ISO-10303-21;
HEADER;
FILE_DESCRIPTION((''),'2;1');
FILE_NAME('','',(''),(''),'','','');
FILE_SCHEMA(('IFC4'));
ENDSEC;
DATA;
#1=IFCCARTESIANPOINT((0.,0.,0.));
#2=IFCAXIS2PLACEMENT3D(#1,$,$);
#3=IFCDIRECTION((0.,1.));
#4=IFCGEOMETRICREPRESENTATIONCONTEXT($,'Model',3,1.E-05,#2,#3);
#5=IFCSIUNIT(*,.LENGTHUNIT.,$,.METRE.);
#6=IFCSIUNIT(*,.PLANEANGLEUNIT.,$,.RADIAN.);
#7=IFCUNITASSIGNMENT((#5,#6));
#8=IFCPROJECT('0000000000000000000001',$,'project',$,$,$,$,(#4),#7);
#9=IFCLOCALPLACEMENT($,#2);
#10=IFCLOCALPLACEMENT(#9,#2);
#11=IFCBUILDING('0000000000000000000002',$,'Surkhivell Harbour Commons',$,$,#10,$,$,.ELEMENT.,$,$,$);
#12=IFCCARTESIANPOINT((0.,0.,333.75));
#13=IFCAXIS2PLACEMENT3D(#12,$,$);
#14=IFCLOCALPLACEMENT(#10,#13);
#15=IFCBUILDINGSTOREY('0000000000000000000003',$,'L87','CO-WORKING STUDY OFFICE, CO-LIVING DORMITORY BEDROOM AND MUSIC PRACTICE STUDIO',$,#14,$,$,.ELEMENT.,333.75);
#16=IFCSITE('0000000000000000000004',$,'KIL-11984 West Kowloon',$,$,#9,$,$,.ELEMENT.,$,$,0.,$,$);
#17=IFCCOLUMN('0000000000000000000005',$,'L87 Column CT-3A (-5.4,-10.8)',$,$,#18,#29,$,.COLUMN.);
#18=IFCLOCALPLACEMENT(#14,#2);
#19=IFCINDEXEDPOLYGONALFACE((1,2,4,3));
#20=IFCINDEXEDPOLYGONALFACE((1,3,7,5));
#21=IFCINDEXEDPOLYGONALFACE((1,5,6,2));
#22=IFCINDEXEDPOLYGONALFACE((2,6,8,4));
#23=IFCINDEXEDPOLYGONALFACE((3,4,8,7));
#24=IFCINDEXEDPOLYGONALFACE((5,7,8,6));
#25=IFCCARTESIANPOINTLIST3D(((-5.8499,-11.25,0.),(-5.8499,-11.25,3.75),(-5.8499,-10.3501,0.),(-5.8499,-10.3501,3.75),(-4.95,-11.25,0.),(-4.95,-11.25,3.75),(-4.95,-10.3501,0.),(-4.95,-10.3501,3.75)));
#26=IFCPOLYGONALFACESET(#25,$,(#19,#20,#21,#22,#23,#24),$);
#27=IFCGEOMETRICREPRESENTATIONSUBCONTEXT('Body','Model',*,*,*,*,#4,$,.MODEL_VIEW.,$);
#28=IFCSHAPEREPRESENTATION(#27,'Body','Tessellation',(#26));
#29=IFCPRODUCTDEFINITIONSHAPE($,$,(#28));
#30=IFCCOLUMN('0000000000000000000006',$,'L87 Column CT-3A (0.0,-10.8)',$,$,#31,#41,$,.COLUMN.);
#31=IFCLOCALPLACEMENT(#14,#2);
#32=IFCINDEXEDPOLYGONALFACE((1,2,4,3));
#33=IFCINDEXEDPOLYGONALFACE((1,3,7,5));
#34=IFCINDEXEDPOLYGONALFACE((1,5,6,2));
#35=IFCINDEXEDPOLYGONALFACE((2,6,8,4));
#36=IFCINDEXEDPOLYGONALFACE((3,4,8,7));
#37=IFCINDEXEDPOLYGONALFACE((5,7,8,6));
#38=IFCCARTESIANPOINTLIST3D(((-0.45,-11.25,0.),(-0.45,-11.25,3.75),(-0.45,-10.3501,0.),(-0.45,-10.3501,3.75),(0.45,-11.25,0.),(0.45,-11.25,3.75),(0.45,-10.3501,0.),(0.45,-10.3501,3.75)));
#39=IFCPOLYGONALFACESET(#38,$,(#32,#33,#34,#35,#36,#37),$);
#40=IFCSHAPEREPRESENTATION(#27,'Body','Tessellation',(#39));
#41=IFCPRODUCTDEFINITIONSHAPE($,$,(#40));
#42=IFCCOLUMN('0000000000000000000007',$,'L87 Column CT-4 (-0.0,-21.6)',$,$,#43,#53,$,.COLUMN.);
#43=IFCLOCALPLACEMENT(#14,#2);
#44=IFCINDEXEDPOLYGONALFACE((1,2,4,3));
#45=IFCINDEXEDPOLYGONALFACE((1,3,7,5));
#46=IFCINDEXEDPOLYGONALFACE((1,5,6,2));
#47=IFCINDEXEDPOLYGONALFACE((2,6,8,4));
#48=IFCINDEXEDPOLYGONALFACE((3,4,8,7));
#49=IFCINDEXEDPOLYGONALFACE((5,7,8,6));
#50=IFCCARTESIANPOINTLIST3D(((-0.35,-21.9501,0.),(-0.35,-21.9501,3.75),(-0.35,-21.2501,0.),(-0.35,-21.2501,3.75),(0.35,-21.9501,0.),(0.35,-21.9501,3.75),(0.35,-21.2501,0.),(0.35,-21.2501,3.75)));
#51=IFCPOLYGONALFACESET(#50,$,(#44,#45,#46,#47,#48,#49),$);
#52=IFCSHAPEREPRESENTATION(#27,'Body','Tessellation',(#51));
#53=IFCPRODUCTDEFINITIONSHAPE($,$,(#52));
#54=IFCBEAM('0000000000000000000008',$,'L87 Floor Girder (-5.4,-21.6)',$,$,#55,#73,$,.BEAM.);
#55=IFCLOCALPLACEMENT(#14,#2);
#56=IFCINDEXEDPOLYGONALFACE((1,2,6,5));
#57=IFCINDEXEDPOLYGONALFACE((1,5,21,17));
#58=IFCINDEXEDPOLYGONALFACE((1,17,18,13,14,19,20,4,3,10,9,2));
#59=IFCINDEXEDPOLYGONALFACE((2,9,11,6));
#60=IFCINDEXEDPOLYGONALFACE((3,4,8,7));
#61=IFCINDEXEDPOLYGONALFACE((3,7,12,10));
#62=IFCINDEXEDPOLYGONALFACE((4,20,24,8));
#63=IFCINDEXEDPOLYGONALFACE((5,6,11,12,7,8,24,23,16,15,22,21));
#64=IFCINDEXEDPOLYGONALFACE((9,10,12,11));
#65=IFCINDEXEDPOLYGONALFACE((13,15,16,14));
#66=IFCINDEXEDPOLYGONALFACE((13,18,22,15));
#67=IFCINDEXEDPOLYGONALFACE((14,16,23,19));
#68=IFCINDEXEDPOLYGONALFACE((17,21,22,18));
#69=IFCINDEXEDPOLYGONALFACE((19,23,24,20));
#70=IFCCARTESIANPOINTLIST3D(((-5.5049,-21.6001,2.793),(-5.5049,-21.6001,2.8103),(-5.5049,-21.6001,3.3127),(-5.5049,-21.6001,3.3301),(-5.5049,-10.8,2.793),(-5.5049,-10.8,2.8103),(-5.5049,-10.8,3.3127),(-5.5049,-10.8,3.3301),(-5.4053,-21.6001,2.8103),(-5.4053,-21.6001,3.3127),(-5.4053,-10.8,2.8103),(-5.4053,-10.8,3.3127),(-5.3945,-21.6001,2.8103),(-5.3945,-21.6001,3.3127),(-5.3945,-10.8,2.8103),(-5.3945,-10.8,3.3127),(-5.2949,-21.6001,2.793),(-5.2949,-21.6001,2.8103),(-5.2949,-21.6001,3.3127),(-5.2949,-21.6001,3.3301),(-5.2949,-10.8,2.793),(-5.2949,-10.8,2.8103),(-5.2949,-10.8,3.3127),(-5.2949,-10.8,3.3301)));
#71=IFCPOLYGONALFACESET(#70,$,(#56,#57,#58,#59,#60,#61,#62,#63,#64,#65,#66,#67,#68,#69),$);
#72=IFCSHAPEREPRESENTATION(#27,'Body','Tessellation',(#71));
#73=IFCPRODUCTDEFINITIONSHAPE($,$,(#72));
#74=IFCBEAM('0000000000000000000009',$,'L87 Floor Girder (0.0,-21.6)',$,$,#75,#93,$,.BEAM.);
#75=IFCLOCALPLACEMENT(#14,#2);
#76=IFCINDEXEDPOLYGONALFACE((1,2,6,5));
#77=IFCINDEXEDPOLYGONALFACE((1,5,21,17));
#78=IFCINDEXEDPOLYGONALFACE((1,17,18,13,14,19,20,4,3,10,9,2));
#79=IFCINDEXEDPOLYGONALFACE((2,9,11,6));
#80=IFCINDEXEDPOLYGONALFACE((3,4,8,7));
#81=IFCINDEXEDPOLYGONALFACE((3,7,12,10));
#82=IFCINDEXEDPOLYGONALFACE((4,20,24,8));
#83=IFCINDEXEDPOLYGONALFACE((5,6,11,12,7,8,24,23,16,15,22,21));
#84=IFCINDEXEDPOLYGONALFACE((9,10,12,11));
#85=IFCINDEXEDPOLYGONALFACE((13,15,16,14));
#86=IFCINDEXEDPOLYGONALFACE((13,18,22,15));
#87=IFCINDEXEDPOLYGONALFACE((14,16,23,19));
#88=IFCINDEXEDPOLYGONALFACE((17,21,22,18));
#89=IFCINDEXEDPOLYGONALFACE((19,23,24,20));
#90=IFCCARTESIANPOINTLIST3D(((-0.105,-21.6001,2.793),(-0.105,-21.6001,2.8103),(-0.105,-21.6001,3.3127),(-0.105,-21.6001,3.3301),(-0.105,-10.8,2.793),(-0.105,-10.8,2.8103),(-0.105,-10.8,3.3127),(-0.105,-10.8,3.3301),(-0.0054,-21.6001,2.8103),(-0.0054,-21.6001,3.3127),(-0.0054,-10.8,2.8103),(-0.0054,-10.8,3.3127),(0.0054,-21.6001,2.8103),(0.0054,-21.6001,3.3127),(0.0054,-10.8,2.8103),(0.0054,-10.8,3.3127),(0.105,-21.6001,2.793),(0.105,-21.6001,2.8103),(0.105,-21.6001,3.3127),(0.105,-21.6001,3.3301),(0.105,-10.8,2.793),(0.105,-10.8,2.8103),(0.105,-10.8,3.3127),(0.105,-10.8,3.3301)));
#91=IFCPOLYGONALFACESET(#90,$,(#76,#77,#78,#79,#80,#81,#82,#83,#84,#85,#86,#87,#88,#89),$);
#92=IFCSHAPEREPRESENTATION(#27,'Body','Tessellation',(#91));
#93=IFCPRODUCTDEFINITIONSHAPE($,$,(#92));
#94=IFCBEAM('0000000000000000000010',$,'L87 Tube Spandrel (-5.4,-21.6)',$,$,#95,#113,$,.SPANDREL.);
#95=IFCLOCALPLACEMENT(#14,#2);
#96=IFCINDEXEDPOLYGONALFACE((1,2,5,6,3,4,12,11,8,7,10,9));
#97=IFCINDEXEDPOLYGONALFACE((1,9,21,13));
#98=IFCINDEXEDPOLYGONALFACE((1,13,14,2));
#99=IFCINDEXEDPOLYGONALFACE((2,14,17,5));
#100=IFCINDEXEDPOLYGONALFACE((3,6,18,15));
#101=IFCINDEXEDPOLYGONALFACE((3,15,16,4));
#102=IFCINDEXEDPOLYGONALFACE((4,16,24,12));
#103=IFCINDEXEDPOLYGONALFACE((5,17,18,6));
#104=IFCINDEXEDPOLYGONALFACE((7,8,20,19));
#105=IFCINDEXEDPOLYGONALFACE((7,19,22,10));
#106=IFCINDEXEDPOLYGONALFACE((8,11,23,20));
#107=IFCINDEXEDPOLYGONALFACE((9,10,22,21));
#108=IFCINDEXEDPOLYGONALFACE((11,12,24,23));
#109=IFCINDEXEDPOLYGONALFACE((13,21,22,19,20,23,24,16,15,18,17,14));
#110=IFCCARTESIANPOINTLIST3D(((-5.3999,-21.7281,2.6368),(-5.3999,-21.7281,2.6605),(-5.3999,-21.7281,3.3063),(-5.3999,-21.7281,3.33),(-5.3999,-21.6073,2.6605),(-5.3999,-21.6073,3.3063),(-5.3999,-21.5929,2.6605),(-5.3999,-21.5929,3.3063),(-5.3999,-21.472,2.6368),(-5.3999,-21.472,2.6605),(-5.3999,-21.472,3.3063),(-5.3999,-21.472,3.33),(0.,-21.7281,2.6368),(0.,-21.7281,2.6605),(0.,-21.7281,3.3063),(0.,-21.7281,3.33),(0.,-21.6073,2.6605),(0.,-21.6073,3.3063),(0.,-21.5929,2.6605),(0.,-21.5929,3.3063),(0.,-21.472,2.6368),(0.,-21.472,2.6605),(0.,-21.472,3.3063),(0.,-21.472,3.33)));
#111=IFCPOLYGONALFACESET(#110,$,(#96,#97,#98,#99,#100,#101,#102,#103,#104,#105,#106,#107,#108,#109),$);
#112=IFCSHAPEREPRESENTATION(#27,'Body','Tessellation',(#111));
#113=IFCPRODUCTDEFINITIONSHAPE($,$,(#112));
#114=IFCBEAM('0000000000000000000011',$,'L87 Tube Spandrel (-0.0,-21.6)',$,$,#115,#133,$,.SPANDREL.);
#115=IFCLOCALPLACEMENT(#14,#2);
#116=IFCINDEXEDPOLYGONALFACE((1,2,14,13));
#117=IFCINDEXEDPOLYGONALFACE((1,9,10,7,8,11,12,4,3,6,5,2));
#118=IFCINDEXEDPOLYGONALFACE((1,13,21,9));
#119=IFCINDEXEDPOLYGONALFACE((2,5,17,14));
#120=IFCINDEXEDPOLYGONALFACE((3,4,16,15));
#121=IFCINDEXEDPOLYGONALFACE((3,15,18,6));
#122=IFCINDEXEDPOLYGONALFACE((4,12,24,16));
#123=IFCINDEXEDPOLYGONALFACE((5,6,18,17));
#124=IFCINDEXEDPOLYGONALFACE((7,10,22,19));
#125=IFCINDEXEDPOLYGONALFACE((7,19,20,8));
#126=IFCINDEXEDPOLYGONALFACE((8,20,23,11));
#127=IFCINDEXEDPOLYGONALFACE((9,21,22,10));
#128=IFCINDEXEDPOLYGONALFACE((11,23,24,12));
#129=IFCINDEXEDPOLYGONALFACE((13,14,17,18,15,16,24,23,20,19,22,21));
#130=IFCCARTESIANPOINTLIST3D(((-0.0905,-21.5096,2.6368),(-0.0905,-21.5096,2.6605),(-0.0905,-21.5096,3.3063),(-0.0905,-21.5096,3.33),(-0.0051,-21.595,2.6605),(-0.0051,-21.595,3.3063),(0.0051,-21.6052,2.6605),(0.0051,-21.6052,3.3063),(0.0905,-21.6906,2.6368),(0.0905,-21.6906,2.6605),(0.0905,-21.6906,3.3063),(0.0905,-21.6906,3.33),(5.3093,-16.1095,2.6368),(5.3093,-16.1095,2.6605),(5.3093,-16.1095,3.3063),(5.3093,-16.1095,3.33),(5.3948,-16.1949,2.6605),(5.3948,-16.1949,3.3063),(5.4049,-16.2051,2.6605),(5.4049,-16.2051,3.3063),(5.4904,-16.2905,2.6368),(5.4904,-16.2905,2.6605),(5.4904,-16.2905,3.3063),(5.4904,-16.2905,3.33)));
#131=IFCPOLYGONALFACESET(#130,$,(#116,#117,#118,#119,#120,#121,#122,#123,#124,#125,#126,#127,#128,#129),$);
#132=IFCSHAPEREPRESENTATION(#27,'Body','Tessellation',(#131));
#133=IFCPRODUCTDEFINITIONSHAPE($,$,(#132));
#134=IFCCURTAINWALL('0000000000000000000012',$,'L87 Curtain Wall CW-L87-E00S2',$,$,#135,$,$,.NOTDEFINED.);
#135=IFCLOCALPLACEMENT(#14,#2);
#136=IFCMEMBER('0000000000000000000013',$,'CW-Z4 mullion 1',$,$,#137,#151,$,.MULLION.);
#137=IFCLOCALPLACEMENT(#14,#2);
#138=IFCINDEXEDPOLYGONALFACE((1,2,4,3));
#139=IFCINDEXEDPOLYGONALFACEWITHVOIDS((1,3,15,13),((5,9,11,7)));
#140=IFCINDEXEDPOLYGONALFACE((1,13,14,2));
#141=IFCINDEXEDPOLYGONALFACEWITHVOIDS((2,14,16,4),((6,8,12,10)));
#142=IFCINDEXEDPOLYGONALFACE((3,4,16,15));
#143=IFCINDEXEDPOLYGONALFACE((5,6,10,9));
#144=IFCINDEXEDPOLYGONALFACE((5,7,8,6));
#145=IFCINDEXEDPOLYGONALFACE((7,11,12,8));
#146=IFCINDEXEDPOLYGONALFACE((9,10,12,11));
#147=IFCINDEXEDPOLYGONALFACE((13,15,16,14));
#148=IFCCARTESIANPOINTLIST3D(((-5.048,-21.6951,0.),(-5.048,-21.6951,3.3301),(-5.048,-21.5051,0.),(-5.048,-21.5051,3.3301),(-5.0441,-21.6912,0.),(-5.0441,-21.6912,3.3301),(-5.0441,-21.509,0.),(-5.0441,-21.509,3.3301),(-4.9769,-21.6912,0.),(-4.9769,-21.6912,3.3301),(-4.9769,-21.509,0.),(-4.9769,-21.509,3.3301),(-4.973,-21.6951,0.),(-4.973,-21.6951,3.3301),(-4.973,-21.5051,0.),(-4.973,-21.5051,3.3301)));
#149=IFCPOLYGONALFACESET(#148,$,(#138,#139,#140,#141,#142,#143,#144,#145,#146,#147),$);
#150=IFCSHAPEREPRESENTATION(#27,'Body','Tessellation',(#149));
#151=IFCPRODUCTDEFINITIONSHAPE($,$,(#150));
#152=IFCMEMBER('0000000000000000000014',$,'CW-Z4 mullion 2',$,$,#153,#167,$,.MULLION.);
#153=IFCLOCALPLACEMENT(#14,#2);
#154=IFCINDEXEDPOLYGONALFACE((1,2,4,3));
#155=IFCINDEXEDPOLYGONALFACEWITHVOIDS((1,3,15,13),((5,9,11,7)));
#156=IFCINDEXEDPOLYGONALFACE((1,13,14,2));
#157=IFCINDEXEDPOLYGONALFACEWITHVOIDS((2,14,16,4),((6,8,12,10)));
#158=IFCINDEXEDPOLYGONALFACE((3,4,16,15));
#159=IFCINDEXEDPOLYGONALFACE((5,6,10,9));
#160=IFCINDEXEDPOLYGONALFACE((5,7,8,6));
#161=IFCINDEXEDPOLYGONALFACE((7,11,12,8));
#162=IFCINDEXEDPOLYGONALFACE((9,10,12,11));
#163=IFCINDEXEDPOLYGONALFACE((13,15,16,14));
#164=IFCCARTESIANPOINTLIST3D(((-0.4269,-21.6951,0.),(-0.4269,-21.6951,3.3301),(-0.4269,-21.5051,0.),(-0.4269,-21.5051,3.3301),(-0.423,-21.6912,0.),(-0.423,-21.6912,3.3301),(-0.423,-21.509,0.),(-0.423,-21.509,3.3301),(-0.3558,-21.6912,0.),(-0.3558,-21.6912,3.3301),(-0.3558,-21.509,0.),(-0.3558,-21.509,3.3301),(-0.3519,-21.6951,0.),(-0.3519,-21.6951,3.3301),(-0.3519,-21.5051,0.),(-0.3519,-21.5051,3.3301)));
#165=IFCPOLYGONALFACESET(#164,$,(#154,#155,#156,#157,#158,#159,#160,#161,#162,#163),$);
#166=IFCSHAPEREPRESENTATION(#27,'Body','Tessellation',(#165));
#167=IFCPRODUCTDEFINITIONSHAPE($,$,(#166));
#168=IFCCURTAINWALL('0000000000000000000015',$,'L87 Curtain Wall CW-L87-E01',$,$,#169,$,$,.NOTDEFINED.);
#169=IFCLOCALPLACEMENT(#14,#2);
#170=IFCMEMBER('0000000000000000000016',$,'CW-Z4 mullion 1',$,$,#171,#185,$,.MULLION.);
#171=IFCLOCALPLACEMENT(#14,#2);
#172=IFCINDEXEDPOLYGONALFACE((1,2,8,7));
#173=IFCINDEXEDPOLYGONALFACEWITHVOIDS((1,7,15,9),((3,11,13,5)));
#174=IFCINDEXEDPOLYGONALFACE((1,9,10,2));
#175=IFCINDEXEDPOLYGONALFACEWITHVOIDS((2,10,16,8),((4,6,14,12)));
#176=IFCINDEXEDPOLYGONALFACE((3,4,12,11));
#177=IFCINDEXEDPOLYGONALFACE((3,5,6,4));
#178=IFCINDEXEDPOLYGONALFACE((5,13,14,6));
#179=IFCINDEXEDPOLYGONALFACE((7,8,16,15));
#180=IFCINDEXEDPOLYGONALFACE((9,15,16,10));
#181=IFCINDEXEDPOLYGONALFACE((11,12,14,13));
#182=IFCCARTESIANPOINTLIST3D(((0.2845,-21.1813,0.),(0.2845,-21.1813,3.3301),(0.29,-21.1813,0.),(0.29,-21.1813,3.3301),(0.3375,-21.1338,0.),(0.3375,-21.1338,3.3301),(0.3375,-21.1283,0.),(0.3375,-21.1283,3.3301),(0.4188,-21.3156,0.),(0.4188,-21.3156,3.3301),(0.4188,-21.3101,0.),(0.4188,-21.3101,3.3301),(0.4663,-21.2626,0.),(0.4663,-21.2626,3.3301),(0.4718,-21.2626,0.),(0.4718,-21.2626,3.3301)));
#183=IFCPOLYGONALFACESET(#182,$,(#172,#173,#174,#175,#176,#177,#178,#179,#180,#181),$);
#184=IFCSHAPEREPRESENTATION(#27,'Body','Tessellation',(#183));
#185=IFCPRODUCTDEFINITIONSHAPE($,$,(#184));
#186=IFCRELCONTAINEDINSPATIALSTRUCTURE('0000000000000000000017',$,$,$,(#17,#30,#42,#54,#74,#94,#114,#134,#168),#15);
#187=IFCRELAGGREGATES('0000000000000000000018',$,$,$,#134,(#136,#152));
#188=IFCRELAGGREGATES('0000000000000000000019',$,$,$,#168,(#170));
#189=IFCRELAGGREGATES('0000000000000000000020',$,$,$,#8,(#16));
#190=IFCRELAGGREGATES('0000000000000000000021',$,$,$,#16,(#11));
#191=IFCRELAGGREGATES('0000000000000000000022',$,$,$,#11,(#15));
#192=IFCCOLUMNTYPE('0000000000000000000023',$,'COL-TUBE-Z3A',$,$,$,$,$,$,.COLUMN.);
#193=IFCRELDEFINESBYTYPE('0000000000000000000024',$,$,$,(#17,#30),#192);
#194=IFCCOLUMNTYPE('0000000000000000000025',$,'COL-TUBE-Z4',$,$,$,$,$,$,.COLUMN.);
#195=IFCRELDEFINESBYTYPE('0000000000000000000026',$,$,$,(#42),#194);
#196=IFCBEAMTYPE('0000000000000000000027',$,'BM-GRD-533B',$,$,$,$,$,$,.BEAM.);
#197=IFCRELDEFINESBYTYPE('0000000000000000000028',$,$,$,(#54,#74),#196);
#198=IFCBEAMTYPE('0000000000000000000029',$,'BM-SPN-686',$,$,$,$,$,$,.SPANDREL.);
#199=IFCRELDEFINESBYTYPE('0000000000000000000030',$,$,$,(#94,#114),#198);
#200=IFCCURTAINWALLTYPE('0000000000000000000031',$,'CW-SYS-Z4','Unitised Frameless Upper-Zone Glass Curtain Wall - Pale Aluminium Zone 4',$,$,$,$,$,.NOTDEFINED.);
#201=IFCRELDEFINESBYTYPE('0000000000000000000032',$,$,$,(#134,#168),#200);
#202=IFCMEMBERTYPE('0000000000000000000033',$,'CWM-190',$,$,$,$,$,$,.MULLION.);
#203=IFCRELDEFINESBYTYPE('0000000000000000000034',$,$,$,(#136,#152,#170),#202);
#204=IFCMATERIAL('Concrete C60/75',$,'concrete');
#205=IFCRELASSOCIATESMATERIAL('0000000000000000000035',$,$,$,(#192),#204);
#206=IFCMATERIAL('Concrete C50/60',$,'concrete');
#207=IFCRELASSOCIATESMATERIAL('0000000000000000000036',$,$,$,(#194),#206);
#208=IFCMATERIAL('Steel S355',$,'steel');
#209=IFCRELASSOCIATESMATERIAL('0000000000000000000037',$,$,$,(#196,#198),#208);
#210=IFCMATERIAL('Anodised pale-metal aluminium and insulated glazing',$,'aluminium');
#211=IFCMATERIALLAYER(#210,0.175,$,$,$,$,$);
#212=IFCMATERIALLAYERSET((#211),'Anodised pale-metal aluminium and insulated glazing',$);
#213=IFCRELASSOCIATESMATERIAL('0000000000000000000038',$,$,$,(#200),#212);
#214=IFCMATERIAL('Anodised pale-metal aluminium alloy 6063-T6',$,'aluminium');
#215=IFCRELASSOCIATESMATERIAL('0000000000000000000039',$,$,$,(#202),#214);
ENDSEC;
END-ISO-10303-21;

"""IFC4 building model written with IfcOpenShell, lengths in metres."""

from ifc_helpers import new_model, si_unit, direction, frame, origin, origin_2d, place, context, subcontext, project, spatial, rectangle, hollow_rectangle, i_section, extrude, material, layer, layer_set, material_profile, profile_set, type_object, element, aggregate, save


model = new_model("IFC4")

# Units and contexts
model_context = context("Model", 3, precision=1e-05, world=origin(), true_north=direction((0.0, 1.0)))
body_context = subcontext(model_context, "Body", "Model", "MODEL_VIEW")
ifc_project = project(units=[si_unit("LENGTHUNIT", "METRE"), si_unit("PLANEANGLEUNIT", "RADIAN")], contexts=[model_context])

# Site, building, storey
site_placement = place(None, origin())
site = spatial("IfcSite", under=ifc_project, at=site_placement, Name="KIL-11984 West Kowloon", CompositionType="ELEMENT", RefElevation=0.0)
building_placement = place(site_placement, origin())
building = spatial("IfcBuilding", under=site, at=building_placement, Name="Surkhivell Harbour Commons", CompositionType="ELEMENT")
storey_placement = place(building_placement, frame((0.0, 0.0, 333.75)))
storey = spatial("IfcBuildingStorey", under=building, at=storey_placement, Name="L87", Description="CO-WORKING STUDY OFFICE, CO-LIVING DORMITORY BEDROOM AND MUSIC PRACTICE STUDIO", CompositionType="ELEMENT", Elevation=333.75)

# Columns
ifc_material_1 = material(Name="Concrete C60/75", Category="concrete")
ifc_material_profile_1 = material_profile(ifc_material_1, rectangle(XDim=0.8999, YDim=0.8999, at=origin_2d()), Name="RC-COL-900x900")
ifc_profile_set_1 = profile_set([ifc_material_profile_1], Name="Concrete C60/75")
column_type_1 = type_object("IfcColumnType", Name="COL-TUBE-Z3A", PredefinedType="COLUMN", material=ifc_profile_set_1)
for number, where, z_axis, x_axis, name in (
    (1, (-5.3999, -10.8, 0.0), (0.0, 0.0, 1.0), (1.0, 0.0, 0.0), "L87 Column CT-3A (-5.4,-10.8)"),
    (2, (0.0, -10.8, 0.0), (0.0, 0.0, 1.0), (1.0, 0.0, 0.0), "L87 Column CT-3A (0.0,-10.8)"),
):
    element("IfcColumn", number, at=place(storey_placement, frame(where, z_axis=z_axis, x_axis=x_axis)), inside=storey, type_object=column_type_1, Name=name, PredefinedType="COLUMN", context=body_context, shape_type="SweptSolid", body=[
        extrude(rectangle(XDim=0.8999, YDim=0.8999, at=origin_2d()), origin(), (0.0, 0.0, 1.0), 3.75),
    ])
ifc_material_2 = material(Name="Concrete C50/60", Category="concrete")
ifc_material_profile_2 = material_profile(ifc_material_2, rectangle(XDim=0.7, YDim=0.7, at=origin_2d()), Name="RC-COL-700x700")
ifc_profile_set_2 = profile_set([ifc_material_profile_2], Name="Concrete C50/60")
column_type_2 = type_object("IfcColumnType", Name="COL-TUBE-Z4", PredefinedType="COLUMN", material=ifc_profile_set_2)
column_placement = place(storey_placement, frame((0.0, -21.6001, 0.0), z_axis=(0.0, 0.0, 1.0), x_axis=(1.0, 0.0, 0.0)))
element("IfcColumn", 3, at=column_placement, inside=storey, type_object=column_type_2, Name="L87 Column CT-4 (-0.0,-21.6)", PredefinedType="COLUMN", context=body_context, shape_type="SweptSolid", body=[
    extrude(rectangle(XDim=0.7, YDim=0.7, at=origin_2d()), origin(), (0.0, 0.0, 1.0), 3.75),
])

# Beams
ifc_material_3 = material(Name="Steel S355", Category="steel")
ifc_material_profile_3 = material_profile(ifc_material_3, i_section(OverallWidth=0.21, OverallDepth=0.5371, WebThickness=0.0107, FlangeThickness=0.0173, at=origin_2d()), Name="UB533x210x101")
ifc_profile_set_3 = profile_set([ifc_material_profile_3], Name="Steel S355")
beam_type_1 = type_object("IfcBeamType", Name="BM-GRD-533B", PredefinedType="BEAM", material=ifc_profile_set_3)
for number, where, z_axis, x_axis, name in (
    (4, (-5.3999, -21.6001, 3.0615), (0.0, 1.0, 0.0), (-1.0, 0.0, 0.0), "L87 Floor Girder (-5.4,-21.6)"),
    (5, (0.0, -21.6001, 3.0615), (0.0, 1.0, 0.0), (-1.0, 0.0, 0.0), "L87 Floor Girder (0.0,-21.6)"),
):
    element("IfcBeam", number, at=place(storey_placement, frame(where, z_axis=z_axis, x_axis=x_axis)), inside=storey, type_object=beam_type_1, Name=name, PredefinedType="BEAM", context=body_context, shape_type="SweptSolid", body=[
        extrude(i_section(OverallWidth=0.21, OverallDepth=0.5371, WebThickness=0.0107, FlangeThickness=0.0173, at=origin_2d()), origin(), (0.0, 0.0, 1.0), 10.8),
    ])
ifc_material_profile_4 = material_profile(ifc_material_3, i_section(OverallWidth=0.2561, OverallDepth=0.6931, WebThickness=0.0144, FlangeThickness=0.0237, at=origin_2d()), Name="UB686x254x170")
ifc_profile_set_4 = profile_set([ifc_material_profile_4], Name="Steel S355")
beam_type_2 = type_object("IfcBeamType", Name="BM-SPN-686", PredefinedType="SPANDREL", material=ifc_profile_set_4)
beam_1_placement = place(storey_placement, frame((-5.3999, -21.6001, 2.9834), z_axis=(1.0, 0.0, 0.0), x_axis=(0.0, 1.0, 0.0)))
element("IfcBeam", 6, at=beam_1_placement, inside=storey, type_object=beam_type_2, Name="L87 Tube Spandrel (-5.4,-21.6)", PredefinedType="SPANDREL", context=body_context, shape_type="SweptSolid", body=[
    extrude(i_section(OverallWidth=0.2561, OverallDepth=0.6931, WebThickness=0.0144, FlangeThickness=0.0237, at=origin_2d()), origin(), (0.0, 0.0, 1.0), 5.3999),
])
beam_2_placement = place(storey_placement, frame((0.0, -21.6001, 2.9834), z_axis=(0.707091, 0.707123, 0.0), x_axis=(-0.707123, 0.707091, 0.0)))
element("IfcBeam", 7, at=beam_2_placement, inside=storey, type_object=beam_type_2, Name="L87 Tube Spandrel (-0.0,-21.6)", PredefinedType="SPANDREL", context=body_context, shape_type="SweptSolid", body=[
    extrude(i_section(OverallWidth=0.2561, OverallDepth=0.6931, WebThickness=0.0144, FlangeThickness=0.0237, at=origin_2d()), origin(), (0.0, 0.0, 1.0), 7.6367),
])

# Curtain wall, members
ifc_material_4 = material(Name="Anodised pale-metal aluminium and insulated glazing", Category="aluminium")
ifc_layer_1 = layer(ifc_material_4, 0.175)
ifc_layer_set_1 = layer_set([ifc_layer_1], Name="Anodised pale-metal aluminium and insulated glazing")
curtain_wall_type = type_object("IfcCurtainWallType", Name="CW-SYS-Z4", Description="Unitised Frameless Upper-Zone Glass Curtain Wall - Pale Aluminium Zone 4", PredefinedType="NOTDEFINED", material=ifc_layer_set_1)
curtain_wall_1_placement = place(storey_placement, origin())
curtain_wall_1 = element("IfcCurtainWall", 8, at=curtain_wall_1_placement, inside=storey, type_object=curtain_wall_type, Name="L87 Curtain Wall CW-L87-E00S2", PredefinedType="NOTDEFINED")
ifc_material_5 = material(Name="Anodised pale-metal aluminium alloy 6063-T6", Category="aluminium")
ifc_material_profile_5 = material_profile(ifc_material_5, hollow_rectangle(XDim=0.075, YDim=0.1899, WallThickness=0.0039, at=origin_2d()), Name="ALU-MULL-75x190")
ifc_profile_set_5 = profile_set([ifc_material_profile_5], Name="Anodised pale-metal aluminium alloy 6063-T6")
member_type_1 = type_object("IfcMemberType", Name="CWM-190", PredefinedType="MULLION", material=ifc_profile_set_5)
member_1_placement = place(storey_placement, frame((-5.0105, -21.6001, 0.0), z_axis=(0.0, 0.0, 1.0), x_axis=(1.0, 0.0, 0.0)))
member_1 = element("IfcMember", 9, at=member_1_placement, type_object=member_type_1, Name="CW-Z4 mullion 1", PredefinedType="MULLION", context=body_context, shape_type="SweptSolid", body=[
    extrude(hollow_rectangle(XDim=0.075, YDim=0.1899, WallThickness=0.0039, at=origin_2d()), origin(), (0.0, 0.0, 1.0), 3.3301),
])
member_2_placement = place(storey_placement, frame((-0.3894, -21.6001, 0.0), z_axis=(0.0, 0.0, 1.0), x_axis=(1.0, 0.0, 0.0)))
member_2 = element("IfcMember", 10, at=member_2_placement, type_object=member_type_1, Name="CW-Z4 mullion 2", PredefinedType="MULLION", context=body_context, shape_type="SweptSolid", body=[
    extrude(hollow_rectangle(XDim=0.075, YDim=0.1899, WallThickness=0.0039, at=origin_2d()), origin(), (0.0, 0.0, 1.0), 3.3301),
])

# Curtain wall, member
curtain_wall_2_placement = place(storey_placement, origin())
curtain_wall_2 = element("IfcCurtainWall", 11, at=curtain_wall_2_placement, inside=storey, type_object=curtain_wall_type, Name="L87 Curtain Wall CW-L87-E01", PredefinedType="NOTDEFINED")
member_3_placement = place(storey_placement, frame((0.3782, -21.2219, 0.0), z_axis=(0.0, 0.0, 1.0), x_axis=(0.707107, 0.707107, 0.0)))
member_3 = element("IfcMember", 12, at=member_3_placement, type_object=member_type_1, Name="CW-Z4 mullion 1", PredefinedType="MULLION", context=body_context, shape_type="SweptSolid", body=[
    extrude(hollow_rectangle(XDim=0.075, YDim=0.1899, WallThickness=0.0039, at=origin_2d()), origin(), (0.0, 0.0, 1.0), 3.3301),
])

aggregate(curtain_wall_1, [member_1, member_2])
aggregate(curtain_wall_2, [member_3])

save(model, "model.ifc")
